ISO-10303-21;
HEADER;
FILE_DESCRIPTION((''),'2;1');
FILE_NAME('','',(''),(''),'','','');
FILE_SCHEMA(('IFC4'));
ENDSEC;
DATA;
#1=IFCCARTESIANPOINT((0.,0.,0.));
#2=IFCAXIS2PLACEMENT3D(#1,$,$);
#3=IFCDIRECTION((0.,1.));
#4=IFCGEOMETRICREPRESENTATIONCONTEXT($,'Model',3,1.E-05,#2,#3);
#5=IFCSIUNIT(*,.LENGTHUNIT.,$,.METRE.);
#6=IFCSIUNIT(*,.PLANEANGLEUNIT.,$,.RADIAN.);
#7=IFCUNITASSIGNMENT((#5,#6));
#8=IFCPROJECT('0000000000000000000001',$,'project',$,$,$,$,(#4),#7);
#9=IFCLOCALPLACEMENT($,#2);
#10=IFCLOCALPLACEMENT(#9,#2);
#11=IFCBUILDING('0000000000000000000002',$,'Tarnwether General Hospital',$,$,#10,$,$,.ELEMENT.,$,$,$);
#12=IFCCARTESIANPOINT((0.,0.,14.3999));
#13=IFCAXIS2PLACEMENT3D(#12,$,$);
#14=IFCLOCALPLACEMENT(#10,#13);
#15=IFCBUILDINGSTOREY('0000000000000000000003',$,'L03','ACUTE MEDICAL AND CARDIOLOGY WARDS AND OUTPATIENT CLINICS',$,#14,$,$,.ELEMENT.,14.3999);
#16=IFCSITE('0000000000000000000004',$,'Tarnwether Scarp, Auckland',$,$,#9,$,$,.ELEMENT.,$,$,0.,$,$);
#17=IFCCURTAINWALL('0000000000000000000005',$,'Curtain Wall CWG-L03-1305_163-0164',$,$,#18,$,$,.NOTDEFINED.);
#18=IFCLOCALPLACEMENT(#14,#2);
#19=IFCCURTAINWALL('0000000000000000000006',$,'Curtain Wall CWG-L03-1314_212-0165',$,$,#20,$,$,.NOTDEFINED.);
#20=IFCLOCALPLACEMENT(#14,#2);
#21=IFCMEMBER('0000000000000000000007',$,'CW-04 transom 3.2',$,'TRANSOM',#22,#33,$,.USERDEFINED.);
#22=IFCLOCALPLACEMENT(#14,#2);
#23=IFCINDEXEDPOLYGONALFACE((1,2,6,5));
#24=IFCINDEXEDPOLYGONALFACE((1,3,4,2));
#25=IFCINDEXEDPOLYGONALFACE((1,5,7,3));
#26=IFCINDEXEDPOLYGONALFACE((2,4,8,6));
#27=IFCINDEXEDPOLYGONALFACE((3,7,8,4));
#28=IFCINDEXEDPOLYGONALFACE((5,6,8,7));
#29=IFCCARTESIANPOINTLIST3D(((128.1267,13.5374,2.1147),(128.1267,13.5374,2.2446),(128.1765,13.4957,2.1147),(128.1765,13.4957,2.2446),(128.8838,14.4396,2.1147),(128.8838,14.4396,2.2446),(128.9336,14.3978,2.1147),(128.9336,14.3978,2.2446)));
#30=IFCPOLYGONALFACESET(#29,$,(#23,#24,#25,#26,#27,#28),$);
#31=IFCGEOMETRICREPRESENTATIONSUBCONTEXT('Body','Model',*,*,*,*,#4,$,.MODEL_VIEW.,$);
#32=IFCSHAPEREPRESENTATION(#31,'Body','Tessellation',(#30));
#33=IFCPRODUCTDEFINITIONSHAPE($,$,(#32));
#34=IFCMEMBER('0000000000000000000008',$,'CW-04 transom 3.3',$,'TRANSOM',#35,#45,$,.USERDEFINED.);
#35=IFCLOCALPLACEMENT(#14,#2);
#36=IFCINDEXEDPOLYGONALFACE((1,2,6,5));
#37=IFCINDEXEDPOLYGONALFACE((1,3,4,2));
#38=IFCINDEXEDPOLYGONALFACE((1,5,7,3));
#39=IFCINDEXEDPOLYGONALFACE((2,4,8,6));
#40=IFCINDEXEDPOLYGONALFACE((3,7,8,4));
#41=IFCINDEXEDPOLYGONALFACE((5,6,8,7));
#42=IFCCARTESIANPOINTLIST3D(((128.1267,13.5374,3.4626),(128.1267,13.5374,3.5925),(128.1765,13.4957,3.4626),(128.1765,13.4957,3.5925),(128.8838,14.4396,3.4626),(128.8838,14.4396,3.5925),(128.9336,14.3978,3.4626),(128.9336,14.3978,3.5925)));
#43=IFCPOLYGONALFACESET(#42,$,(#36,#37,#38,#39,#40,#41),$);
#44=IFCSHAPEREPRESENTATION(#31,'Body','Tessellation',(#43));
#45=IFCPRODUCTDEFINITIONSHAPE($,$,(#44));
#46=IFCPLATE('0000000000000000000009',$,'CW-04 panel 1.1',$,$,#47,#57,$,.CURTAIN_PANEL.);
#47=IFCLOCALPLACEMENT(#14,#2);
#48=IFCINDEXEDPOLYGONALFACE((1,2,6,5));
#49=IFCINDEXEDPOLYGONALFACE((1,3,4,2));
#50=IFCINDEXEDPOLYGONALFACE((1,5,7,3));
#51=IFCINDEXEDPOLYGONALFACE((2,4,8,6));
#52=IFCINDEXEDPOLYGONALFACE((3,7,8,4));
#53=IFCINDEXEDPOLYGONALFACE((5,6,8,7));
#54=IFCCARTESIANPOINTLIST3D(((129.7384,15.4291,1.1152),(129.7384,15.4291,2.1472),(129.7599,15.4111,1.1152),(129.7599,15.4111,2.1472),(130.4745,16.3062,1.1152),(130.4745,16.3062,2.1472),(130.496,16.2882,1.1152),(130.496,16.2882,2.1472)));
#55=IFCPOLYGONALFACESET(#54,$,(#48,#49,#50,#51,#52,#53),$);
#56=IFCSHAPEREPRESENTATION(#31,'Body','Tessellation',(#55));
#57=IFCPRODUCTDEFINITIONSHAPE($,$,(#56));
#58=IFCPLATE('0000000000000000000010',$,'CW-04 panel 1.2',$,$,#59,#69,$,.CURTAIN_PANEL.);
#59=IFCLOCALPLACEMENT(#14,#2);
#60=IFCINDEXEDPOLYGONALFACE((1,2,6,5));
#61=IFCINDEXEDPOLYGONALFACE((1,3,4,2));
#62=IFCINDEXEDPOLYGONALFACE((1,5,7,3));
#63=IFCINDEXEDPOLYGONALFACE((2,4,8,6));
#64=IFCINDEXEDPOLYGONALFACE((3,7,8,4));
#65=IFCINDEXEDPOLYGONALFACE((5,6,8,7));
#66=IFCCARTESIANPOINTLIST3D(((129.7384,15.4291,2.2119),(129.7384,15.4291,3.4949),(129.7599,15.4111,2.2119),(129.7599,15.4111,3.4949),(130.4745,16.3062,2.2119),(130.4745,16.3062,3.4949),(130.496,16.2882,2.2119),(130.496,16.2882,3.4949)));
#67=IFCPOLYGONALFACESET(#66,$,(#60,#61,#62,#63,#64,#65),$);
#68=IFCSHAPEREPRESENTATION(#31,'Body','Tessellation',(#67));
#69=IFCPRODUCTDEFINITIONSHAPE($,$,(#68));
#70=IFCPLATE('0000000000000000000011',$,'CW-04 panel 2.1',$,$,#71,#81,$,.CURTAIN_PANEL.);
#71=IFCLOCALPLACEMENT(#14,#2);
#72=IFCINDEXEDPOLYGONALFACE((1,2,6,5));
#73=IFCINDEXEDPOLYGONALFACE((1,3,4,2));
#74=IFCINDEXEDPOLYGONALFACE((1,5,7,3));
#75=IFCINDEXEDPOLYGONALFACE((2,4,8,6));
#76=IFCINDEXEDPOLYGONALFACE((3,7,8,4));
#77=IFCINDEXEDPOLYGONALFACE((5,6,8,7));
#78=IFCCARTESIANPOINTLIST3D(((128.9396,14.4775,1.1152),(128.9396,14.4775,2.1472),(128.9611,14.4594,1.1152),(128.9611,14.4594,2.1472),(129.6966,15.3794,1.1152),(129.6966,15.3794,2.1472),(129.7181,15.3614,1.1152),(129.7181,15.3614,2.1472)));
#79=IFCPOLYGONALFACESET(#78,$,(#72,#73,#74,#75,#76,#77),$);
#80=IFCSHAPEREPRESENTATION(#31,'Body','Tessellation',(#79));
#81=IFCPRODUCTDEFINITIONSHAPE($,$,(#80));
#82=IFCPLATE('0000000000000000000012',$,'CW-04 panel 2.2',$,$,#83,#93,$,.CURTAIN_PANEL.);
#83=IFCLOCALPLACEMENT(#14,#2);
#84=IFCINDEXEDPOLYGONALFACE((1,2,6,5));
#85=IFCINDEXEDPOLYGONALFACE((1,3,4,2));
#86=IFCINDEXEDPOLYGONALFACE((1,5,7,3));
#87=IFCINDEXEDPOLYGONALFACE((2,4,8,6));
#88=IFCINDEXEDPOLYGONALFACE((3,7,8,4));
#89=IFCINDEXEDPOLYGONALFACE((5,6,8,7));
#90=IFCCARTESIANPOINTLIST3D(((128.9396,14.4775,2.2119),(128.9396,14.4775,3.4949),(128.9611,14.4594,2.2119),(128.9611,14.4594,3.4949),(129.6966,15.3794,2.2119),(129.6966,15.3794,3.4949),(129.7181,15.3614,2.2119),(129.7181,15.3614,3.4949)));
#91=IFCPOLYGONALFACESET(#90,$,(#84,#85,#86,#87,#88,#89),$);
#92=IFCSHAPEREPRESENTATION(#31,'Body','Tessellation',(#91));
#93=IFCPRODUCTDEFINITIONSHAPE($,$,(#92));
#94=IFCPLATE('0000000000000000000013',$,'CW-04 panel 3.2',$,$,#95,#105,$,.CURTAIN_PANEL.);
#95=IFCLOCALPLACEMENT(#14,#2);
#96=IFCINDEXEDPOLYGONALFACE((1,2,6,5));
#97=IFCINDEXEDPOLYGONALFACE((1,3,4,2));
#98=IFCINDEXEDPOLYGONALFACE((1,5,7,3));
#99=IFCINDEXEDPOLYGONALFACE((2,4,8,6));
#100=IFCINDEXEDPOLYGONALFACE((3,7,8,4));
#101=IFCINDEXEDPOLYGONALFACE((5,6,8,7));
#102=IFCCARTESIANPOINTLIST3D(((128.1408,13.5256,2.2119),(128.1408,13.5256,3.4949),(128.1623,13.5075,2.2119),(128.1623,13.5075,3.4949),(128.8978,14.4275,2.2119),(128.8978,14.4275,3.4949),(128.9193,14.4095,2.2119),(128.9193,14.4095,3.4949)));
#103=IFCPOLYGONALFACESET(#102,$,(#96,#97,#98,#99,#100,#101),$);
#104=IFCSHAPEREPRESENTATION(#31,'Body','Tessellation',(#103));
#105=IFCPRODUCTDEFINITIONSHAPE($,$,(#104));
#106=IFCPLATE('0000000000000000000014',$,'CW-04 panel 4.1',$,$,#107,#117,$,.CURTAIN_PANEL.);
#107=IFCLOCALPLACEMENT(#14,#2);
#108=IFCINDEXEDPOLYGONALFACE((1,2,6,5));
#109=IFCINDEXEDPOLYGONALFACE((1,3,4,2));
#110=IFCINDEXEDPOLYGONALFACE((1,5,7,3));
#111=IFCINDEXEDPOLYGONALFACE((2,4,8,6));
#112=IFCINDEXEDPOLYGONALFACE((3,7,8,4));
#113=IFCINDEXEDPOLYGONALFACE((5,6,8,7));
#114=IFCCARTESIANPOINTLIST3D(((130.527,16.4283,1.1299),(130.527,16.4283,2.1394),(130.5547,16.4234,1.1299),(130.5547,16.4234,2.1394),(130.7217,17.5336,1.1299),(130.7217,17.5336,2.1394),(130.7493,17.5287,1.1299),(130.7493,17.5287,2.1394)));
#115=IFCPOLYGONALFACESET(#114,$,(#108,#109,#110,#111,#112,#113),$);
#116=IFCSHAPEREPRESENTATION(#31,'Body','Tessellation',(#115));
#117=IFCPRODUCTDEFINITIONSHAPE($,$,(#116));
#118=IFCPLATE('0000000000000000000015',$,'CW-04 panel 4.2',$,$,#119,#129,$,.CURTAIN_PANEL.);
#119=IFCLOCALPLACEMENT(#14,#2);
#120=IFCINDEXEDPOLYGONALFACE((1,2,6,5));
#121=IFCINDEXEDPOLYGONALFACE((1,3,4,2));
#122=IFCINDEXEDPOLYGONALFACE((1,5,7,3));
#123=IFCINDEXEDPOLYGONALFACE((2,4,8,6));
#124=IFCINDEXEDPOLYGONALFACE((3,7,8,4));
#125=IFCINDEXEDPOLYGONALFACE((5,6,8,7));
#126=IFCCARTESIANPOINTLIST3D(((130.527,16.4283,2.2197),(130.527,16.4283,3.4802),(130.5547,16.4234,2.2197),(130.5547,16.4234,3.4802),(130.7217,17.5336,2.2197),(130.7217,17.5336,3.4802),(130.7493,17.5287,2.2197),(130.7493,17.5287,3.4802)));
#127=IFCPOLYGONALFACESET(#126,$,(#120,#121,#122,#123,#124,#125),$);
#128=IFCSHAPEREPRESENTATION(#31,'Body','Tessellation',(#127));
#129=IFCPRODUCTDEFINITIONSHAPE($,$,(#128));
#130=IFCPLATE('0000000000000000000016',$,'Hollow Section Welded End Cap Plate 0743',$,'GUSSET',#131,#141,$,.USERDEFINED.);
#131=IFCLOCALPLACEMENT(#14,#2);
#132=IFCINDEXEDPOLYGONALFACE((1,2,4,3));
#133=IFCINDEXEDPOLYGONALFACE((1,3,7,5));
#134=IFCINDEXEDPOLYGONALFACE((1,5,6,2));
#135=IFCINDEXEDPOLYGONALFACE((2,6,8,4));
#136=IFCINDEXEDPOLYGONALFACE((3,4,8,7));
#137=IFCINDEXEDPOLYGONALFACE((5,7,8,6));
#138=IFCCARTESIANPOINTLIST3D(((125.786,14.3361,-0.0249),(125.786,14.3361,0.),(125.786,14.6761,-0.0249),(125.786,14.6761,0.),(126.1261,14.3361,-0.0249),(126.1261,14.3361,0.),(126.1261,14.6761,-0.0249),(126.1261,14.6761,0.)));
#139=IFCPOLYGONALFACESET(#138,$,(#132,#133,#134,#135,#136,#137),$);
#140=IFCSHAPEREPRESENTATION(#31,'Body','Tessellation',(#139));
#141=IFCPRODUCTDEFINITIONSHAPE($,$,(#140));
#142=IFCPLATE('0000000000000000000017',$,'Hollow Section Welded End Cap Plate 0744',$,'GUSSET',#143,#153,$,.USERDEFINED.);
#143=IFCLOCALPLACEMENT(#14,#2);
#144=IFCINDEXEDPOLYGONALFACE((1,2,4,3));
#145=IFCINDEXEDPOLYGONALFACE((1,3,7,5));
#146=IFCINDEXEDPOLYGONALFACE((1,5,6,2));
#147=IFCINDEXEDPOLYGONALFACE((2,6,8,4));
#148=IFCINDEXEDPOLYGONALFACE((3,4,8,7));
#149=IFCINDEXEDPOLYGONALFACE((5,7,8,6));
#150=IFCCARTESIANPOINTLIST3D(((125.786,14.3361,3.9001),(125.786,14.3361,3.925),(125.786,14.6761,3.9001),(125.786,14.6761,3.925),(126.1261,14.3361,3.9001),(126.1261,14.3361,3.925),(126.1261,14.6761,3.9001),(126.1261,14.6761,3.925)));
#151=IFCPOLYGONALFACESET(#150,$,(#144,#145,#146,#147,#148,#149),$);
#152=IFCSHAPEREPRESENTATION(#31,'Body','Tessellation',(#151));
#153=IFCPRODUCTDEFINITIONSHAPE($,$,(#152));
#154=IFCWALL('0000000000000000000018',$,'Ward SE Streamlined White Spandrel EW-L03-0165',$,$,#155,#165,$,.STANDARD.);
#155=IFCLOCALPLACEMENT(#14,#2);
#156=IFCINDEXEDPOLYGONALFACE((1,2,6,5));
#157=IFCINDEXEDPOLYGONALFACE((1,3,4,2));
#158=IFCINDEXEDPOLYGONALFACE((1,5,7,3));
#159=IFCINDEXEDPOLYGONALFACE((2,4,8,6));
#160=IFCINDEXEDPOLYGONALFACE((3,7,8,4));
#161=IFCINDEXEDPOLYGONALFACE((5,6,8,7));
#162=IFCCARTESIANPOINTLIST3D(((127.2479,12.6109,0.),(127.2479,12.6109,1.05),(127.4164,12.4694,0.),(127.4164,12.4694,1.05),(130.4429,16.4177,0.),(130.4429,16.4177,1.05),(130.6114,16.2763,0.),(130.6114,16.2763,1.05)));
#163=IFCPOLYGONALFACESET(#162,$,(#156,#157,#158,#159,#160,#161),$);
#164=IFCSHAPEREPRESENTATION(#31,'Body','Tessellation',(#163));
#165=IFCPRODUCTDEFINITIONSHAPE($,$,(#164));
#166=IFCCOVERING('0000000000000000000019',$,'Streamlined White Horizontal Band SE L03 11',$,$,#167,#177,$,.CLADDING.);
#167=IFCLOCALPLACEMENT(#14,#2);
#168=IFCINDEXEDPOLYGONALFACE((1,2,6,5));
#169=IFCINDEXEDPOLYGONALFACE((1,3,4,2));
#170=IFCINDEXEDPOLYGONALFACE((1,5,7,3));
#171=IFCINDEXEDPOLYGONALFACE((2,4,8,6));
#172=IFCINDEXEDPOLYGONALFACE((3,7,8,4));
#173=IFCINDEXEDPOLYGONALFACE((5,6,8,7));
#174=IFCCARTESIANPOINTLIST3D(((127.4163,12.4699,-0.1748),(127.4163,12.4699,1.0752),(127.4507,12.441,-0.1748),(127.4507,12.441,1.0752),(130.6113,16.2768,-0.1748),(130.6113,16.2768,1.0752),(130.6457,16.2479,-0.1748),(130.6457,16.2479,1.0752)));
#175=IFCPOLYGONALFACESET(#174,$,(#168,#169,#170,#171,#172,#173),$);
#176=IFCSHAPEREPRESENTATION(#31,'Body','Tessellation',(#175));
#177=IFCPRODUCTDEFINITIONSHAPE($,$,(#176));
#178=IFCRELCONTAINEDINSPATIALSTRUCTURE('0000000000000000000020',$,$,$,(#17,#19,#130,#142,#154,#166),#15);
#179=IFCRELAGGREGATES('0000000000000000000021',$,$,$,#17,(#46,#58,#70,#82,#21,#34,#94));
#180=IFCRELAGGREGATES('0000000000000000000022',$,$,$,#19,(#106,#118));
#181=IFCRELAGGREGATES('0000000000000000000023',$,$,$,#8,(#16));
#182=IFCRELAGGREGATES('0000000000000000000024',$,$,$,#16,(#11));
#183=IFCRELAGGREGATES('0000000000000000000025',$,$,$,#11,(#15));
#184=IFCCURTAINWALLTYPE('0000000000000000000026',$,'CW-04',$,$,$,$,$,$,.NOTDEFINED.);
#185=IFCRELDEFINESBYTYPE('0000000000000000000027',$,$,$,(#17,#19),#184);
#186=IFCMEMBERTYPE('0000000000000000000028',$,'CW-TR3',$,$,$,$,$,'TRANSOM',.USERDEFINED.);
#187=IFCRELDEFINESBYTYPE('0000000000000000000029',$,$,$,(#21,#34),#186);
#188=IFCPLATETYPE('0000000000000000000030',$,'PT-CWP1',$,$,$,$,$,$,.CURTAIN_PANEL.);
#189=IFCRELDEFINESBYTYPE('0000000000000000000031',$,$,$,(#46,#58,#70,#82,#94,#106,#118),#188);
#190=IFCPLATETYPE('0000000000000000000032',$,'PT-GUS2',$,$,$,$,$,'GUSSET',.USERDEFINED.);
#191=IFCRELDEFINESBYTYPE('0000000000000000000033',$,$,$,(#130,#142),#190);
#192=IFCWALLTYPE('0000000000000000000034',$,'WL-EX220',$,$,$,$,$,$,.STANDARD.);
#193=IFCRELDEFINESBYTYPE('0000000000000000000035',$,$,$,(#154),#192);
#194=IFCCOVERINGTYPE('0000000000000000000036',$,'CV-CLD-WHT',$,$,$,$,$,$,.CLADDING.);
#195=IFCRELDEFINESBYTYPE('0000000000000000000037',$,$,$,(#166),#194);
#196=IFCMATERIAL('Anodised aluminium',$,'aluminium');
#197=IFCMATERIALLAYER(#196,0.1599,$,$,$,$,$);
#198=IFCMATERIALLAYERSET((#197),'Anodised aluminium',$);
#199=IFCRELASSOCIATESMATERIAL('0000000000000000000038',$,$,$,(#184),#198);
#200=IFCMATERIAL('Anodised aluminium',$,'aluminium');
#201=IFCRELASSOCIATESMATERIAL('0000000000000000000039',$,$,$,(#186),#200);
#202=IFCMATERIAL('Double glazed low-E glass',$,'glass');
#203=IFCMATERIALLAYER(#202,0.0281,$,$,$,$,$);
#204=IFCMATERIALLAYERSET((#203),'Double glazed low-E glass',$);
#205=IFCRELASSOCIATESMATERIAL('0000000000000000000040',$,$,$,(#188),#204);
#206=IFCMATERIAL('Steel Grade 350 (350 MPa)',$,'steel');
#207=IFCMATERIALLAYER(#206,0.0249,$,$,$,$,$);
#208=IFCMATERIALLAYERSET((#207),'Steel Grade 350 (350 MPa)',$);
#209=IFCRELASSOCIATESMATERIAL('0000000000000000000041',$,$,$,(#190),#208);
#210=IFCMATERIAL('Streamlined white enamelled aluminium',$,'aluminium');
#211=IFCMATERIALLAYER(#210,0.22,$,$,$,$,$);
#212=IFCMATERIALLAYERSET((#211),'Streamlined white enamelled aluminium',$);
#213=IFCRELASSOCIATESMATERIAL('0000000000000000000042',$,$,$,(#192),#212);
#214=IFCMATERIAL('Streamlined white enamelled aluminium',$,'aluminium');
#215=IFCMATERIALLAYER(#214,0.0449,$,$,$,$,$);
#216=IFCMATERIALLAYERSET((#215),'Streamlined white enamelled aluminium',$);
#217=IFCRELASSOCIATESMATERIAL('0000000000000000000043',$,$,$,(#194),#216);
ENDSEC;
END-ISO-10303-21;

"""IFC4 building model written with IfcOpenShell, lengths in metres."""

from ifc_helpers import new_model, si_unit, direction, frame, frame_2d, origin, origin_2d, place, context, subcontext, project, spatial, rectangle, extrude, material, layer, layer_set, material_profile, profile_set, type_object, element, aggregate, save


model = new_model("IFC4")

# Units and contexts
model_context = context("Model", 3, precision=1e-05, world=origin(), true_north=direction((0.0, 1.0)))
body_context = subcontext(model_context, "Body", "Model", "MODEL_VIEW")
ifc_project = project(units=[si_unit("LENGTHUNIT", "METRE"), si_unit("PLANEANGLEUNIT", "RADIAN")], contexts=[model_context])

# Site, building, storey
site_placement = place(None, origin())
site = spatial("IfcSite", under=ifc_project, at=site_placement, Name="Tarnwether Scarp, Auckland", CompositionType="ELEMENT", RefElevation=0.0)
building_placement = place(site_placement, origin())
building = spatial("IfcBuilding", under=site, at=building_placement, Name="Tarnwether General Hospital", CompositionType="ELEMENT")
storey_placement = place(building_placement, frame((0.0, 0.0, 14.3999)))
storey = spatial("IfcBuildingStorey", under=building, at=storey_placement, Name="L03", Description="ACUTE MEDICAL AND CARDIOLOGY WARDS AND OUTPATIENT CLINICS", CompositionType="ELEMENT", Elevation=14.3999)

# Curtain wall
ifc_material_1 = material(Name="Anodised aluminium", Category="aluminium")
ifc_layer_1 = layer(ifc_material_1, 0.1599)
ifc_layer_set_1 = layer_set([ifc_layer_1], Name="Anodised aluminium")
curtain_wall_type = type_object("IfcCurtainWallType", Name="CW-04", PredefinedType="NOTDEFINED", material=ifc_layer_set_1)
curtain_wall_1_placement = place(storey_placement, origin())
curtain_wall_1 = element("IfcCurtainWall", 1, at=curtain_wall_1_placement, inside=storey, type_object=curtain_wall_type, Name="Curtain Wall CWG-L03-1305_163-0164", PredefinedType="NOTDEFINED")

# Curtain wall
curtain_wall_2_placement = place(storey_placement, origin())
curtain_wall_2 = element("IfcCurtainWall", 2, at=curtain_wall_2_placement, inside=storey, type_object=curtain_wall_type, Name="Curtain Wall CWG-L03-1314_212-0165", PredefinedType="NOTDEFINED")

# Members
ifc_material_2 = material(Name="Anodised aluminium", Category="aluminium")
ifc_material_profile_1 = material_profile(ifc_material_2, rectangle(XDim=0.0649, YDim=0.1299, at=origin_2d()), Name="ALU-TRN-65x130")
ifc_profile_set_1 = profile_set([ifc_material_profile_1], Name="Anodised aluminium")
member_type_1 = type_object("IfcMemberType", Name="CW-TR3", ElementType="TRANSOM", PredefinedType="USERDEFINED", material=ifc_profile_set_1)
member_1_placement = place(storey_placement, frame((128.9087, 14.4187, 2.1797), z_axis=(-0.642852, -0.765991, 0.0), x_axis=(0.765991, -0.642852, 0.0)))
member_1 = element("IfcMember", 3, at=member_1_placement, type_object=member_type_1, Name="CW-04 transom 3.2", ObjectType="TRANSOM", PredefinedType="USERDEFINED", context=body_context, shape_type="SweptSolid", body=[
    extrude(rectangle(XDim=0.0649, YDim=0.1299, at=origin_2d()), origin(), (0.0, 0.0, 1.0), 1.1777),
])
member_2_placement = place(storey_placement, frame((128.9087, 14.4187, 3.5276), z_axis=(-0.642852, -0.765991, 0.0), x_axis=(0.765991, -0.642852, 0.0)))
member_2 = element("IfcMember", 4, at=member_2_placement, type_object=member_type_1, Name="CW-04 transom 3.3", ObjectType="TRANSOM", PredefinedType="USERDEFINED", context=body_context, shape_type="SweptSolid", body=[
    extrude(rectangle(XDim=0.0649, YDim=0.1299, at=origin_2d()), origin(), (0.0, 0.0, 1.0), 1.1777),
])

# Plates
ifc_material_3 = material(Name="Double glazed low-E glass", Category="glass")
ifc_layer_2 = layer(ifc_material_3, 0.0281)
ifc_layer_set_2 = layer_set([ifc_layer_2], Name="Double glazed low-E glass")
plate_type_1 = type_object("IfcPlateType", Name="PT-CWP1", PredefinedType="CURTAIN_PANEL", material=ifc_layer_set_2)
plate_1_placement = place(storey_placement, frame((130.1172, 15.8586, 1.1152), z_axis=(0.0, 0.0, 1.0), x_axis=(-0.642852, -0.76599, 0.0)))
plate_1 = element("IfcPlate", 5, at=plate_1_placement, type_object=plate_type_1, Name="CW-04 panel 1.1", PredefinedType="CURTAIN_PANEL", context=body_context, shape_type="SweptSolid", body=[
    extrude(rectangle(XDim=1.145, YDim=0.0281, at=origin_2d()), origin(), (0.0, 0.0, 1.0), 1.032),
])
plate_2_placement = place(storey_placement, frame((130.1172, 15.8586, 2.2119), z_axis=(0.0, 0.0, 1.0), x_axis=(-0.642852, -0.76599, 0.0)))
plate_2 = element("IfcPlate", 6, at=plate_2_placement, type_object=plate_type_1, Name="CW-04 panel 1.2", PredefinedType="CURTAIN_PANEL", context=body_context, shape_type="SweptSolid", body=[
    extrude(rectangle(XDim=1.145, YDim=0.0281, at=origin_2d()), origin(), (0.0, 0.0, 1.0), 1.283),
])
plate_3_placement = place(storey_placement, frame((129.3289, 14.9194, 1.1152), z_axis=(0.0, 0.0, 1.0), x_axis=(-0.642852, -0.76599, 0.0)))
plate_3 = element("IfcPlate", 7, at=plate_3_placement, type_object=plate_type_1, Name="CW-04 panel 2.1", PredefinedType="CURTAIN_PANEL", context=body_context, shape_type="SweptSolid", body=[
    extrude(rectangle(XDim=1.1775, YDim=0.0281, at=origin_2d()), origin(), (0.0, 0.0, 1.0), 1.032),
])
plate_4_placement = place(storey_placement, frame((129.3289, 14.9194, 2.2119), z_axis=(0.0, 0.0, 1.0), x_axis=(-0.642852, -0.76599, 0.0)))
plate_4 = element("IfcPlate", 8, at=plate_4_placement, type_object=plate_type_1, Name="CW-04 panel 2.2", PredefinedType="CURTAIN_PANEL", context=body_context, shape_type="SweptSolid", body=[
    extrude(rectangle(XDim=1.1775, YDim=0.0281, at=origin_2d()), origin(), (0.0, 0.0, 1.0), 1.283),
])
plate_5_placement = place(storey_placement, frame((128.53, 13.9675, 2.2119), z_axis=(0.0, 0.0, 1.0), x_axis=(-0.642852, -0.76599, 0.0)))
plate_5 = element("IfcPlate", 9, at=plate_5_placement, type_object=plate_type_1, Name="CW-04 panel 3.2", PredefinedType="CURTAIN_PANEL", context=body_context, shape_type="SweptSolid", body=[
    extrude(rectangle(XDim=1.1775, YDim=0.0281, at=origin_2d()), origin(), (0.0, 0.0, 1.0), 1.283),
])
aggregate(curtain_wall_1, [plate_1, plate_2, plate_3, plate_4, member_1, member_2, plate_5])
plate_6_placement = place(storey_placement, frame((130.6382, 16.9785, 1.1299), z_axis=(0.0, 0.0, 1.0), x_axis=(-0.173464, -0.98484, 0.0)))
plate_6 = element("IfcPlate", 10, at=plate_6_placement, type_object=plate_type_1, Name="CW-04 panel 4.1", PredefinedType="CURTAIN_PANEL", context=body_context, shape_type="SweptSolid", body=[
    extrude(rectangle(XDim=1.1223, YDim=0.0281, at=origin_2d()), origin(), (0.0, 0.0, 1.0), 1.0095),
])
plate_7_placement = place(storey_placement, frame((130.6382, 16.9785, 2.2197), z_axis=(0.0, 0.0, 1.0), x_axis=(-0.173464, -0.98484, 0.0)))
plate_7 = element("IfcPlate", 11, at=plate_7_placement, type_object=plate_type_1, Name="CW-04 panel 4.2", PredefinedType="CURTAIN_PANEL", context=body_context, shape_type="SweptSolid", body=[
    extrude(rectangle(XDim=1.1223, YDim=0.0281, at=origin_2d()), origin(), (0.0, 0.0, 1.0), 1.2605),
])
aggregate(curtain_wall_2, [plate_6, plate_7])

# Plates
ifc_material_4 = material(Name="Steel Grade 350 (350 MPa)", Category="steel")
ifc_layer_3 = layer(ifc_material_4, 0.0249)
ifc_layer_set_3 = layer_set([ifc_layer_3], Name="Steel Grade 350 (350 MPa)")
plate_type_2 = type_object("IfcPlateType", Name="PT-GUS2", ElementType="GUSSET", PredefinedType="USERDEFINED", material=ifc_layer_set_3)
for number, where, z_axis, x_axis, name in (
    (12, (125.9561, 14.5061, -0.0249), (0.0, 0.0, 1.0), (1.0, 0.0, 0.0), "Hollow Section Welded End Cap Plate 0743"),
    (13, (125.9561, 14.5061, 3.9001), (0.0, 0.0, 1.0), (1.0, 0.0, 0.0), "Hollow Section Welded End Cap Plate 0744"),
):
    element("IfcPlate", number, at=place(storey_placement, frame(where, z_axis=z_axis, x_axis=x_axis)), inside=storey, type_object=plate_type_2, Name=name, ObjectType="GUSSET", PredefinedType="USERDEFINED", context=body_context, shape_type="SweptSolid", body=[
        extrude(rectangle(XDim=0.3401, YDim=0.3401, at=origin_2d()), origin(), (0.0, 0.0, 1.0), 0.0249),
    ])

# Wall
ifc_material_5 = material(Name="Streamlined white enamelled aluminium", Category="aluminium")
ifc_layer_4 = layer(ifc_material_5, 0.22)
ifc_layer_set_4 = layer_set([ifc_layer_4], Name="Streamlined white enamelled aluminium")
wall_type = type_object("IfcWallType", Name="WL-EX220", PredefinedType="STANDARD", material=ifc_layer_set_4)
wall_placement = place(storey_placement, frame((130.5271, 16.3469, 0.0), z_axis=(0.0, 0.0, 1.0), x_axis=(-0.642872, -0.765974, 0.0)))
element("IfcWall", 14, at=wall_placement, inside=storey, type_object=wall_type, Name="Ward SE Streamlined White Spandrel EW-L03-0165", PredefinedType="STANDARD", context=body_context, shape_type="SweptSolid", body=[
    extrude(rectangle(XDim=4.97, YDim=0.22, at=frame_2d((2.4849, 0.0))), origin(), (0.0, 0.0, 1.0), 1.05),
])

# Covering
ifc_material_6 = material(Name="Streamlined white enamelled aluminium", Category="aluminium")
ifc_layer_5 = layer(ifc_material_6, 0.0449)
ifc_layer_set_5 = layer_set([ifc_layer_5], Name="Streamlined white enamelled aluminium")
covering_type = type_object("IfcCoveringType", Name="CV-CLD-WHT", PredefinedType="CLADDING", material=ifc_layer_set_5)
covering_placement = place(storey_placement, frame((129.031, 14.3589, -0.1748), z_axis=(0.0, 0.0, 1.0), x_axis=(-0.642854, -0.765988, 0.0)))
element("IfcCovering", 15, at=covering_placement, inside=storey, type_object=covering_type, Name="Streamlined White Horizontal Band SE L03 11", PredefinedType="CLADDING", context=body_context, shape_type="SweptSolid", body=[
    extrude(rectangle(XDim=4.97, YDim=0.0449, at=origin_2d()), origin(), (0.0, 0.0, 1.0), 1.25),
])

save(model, "model.ifc")
